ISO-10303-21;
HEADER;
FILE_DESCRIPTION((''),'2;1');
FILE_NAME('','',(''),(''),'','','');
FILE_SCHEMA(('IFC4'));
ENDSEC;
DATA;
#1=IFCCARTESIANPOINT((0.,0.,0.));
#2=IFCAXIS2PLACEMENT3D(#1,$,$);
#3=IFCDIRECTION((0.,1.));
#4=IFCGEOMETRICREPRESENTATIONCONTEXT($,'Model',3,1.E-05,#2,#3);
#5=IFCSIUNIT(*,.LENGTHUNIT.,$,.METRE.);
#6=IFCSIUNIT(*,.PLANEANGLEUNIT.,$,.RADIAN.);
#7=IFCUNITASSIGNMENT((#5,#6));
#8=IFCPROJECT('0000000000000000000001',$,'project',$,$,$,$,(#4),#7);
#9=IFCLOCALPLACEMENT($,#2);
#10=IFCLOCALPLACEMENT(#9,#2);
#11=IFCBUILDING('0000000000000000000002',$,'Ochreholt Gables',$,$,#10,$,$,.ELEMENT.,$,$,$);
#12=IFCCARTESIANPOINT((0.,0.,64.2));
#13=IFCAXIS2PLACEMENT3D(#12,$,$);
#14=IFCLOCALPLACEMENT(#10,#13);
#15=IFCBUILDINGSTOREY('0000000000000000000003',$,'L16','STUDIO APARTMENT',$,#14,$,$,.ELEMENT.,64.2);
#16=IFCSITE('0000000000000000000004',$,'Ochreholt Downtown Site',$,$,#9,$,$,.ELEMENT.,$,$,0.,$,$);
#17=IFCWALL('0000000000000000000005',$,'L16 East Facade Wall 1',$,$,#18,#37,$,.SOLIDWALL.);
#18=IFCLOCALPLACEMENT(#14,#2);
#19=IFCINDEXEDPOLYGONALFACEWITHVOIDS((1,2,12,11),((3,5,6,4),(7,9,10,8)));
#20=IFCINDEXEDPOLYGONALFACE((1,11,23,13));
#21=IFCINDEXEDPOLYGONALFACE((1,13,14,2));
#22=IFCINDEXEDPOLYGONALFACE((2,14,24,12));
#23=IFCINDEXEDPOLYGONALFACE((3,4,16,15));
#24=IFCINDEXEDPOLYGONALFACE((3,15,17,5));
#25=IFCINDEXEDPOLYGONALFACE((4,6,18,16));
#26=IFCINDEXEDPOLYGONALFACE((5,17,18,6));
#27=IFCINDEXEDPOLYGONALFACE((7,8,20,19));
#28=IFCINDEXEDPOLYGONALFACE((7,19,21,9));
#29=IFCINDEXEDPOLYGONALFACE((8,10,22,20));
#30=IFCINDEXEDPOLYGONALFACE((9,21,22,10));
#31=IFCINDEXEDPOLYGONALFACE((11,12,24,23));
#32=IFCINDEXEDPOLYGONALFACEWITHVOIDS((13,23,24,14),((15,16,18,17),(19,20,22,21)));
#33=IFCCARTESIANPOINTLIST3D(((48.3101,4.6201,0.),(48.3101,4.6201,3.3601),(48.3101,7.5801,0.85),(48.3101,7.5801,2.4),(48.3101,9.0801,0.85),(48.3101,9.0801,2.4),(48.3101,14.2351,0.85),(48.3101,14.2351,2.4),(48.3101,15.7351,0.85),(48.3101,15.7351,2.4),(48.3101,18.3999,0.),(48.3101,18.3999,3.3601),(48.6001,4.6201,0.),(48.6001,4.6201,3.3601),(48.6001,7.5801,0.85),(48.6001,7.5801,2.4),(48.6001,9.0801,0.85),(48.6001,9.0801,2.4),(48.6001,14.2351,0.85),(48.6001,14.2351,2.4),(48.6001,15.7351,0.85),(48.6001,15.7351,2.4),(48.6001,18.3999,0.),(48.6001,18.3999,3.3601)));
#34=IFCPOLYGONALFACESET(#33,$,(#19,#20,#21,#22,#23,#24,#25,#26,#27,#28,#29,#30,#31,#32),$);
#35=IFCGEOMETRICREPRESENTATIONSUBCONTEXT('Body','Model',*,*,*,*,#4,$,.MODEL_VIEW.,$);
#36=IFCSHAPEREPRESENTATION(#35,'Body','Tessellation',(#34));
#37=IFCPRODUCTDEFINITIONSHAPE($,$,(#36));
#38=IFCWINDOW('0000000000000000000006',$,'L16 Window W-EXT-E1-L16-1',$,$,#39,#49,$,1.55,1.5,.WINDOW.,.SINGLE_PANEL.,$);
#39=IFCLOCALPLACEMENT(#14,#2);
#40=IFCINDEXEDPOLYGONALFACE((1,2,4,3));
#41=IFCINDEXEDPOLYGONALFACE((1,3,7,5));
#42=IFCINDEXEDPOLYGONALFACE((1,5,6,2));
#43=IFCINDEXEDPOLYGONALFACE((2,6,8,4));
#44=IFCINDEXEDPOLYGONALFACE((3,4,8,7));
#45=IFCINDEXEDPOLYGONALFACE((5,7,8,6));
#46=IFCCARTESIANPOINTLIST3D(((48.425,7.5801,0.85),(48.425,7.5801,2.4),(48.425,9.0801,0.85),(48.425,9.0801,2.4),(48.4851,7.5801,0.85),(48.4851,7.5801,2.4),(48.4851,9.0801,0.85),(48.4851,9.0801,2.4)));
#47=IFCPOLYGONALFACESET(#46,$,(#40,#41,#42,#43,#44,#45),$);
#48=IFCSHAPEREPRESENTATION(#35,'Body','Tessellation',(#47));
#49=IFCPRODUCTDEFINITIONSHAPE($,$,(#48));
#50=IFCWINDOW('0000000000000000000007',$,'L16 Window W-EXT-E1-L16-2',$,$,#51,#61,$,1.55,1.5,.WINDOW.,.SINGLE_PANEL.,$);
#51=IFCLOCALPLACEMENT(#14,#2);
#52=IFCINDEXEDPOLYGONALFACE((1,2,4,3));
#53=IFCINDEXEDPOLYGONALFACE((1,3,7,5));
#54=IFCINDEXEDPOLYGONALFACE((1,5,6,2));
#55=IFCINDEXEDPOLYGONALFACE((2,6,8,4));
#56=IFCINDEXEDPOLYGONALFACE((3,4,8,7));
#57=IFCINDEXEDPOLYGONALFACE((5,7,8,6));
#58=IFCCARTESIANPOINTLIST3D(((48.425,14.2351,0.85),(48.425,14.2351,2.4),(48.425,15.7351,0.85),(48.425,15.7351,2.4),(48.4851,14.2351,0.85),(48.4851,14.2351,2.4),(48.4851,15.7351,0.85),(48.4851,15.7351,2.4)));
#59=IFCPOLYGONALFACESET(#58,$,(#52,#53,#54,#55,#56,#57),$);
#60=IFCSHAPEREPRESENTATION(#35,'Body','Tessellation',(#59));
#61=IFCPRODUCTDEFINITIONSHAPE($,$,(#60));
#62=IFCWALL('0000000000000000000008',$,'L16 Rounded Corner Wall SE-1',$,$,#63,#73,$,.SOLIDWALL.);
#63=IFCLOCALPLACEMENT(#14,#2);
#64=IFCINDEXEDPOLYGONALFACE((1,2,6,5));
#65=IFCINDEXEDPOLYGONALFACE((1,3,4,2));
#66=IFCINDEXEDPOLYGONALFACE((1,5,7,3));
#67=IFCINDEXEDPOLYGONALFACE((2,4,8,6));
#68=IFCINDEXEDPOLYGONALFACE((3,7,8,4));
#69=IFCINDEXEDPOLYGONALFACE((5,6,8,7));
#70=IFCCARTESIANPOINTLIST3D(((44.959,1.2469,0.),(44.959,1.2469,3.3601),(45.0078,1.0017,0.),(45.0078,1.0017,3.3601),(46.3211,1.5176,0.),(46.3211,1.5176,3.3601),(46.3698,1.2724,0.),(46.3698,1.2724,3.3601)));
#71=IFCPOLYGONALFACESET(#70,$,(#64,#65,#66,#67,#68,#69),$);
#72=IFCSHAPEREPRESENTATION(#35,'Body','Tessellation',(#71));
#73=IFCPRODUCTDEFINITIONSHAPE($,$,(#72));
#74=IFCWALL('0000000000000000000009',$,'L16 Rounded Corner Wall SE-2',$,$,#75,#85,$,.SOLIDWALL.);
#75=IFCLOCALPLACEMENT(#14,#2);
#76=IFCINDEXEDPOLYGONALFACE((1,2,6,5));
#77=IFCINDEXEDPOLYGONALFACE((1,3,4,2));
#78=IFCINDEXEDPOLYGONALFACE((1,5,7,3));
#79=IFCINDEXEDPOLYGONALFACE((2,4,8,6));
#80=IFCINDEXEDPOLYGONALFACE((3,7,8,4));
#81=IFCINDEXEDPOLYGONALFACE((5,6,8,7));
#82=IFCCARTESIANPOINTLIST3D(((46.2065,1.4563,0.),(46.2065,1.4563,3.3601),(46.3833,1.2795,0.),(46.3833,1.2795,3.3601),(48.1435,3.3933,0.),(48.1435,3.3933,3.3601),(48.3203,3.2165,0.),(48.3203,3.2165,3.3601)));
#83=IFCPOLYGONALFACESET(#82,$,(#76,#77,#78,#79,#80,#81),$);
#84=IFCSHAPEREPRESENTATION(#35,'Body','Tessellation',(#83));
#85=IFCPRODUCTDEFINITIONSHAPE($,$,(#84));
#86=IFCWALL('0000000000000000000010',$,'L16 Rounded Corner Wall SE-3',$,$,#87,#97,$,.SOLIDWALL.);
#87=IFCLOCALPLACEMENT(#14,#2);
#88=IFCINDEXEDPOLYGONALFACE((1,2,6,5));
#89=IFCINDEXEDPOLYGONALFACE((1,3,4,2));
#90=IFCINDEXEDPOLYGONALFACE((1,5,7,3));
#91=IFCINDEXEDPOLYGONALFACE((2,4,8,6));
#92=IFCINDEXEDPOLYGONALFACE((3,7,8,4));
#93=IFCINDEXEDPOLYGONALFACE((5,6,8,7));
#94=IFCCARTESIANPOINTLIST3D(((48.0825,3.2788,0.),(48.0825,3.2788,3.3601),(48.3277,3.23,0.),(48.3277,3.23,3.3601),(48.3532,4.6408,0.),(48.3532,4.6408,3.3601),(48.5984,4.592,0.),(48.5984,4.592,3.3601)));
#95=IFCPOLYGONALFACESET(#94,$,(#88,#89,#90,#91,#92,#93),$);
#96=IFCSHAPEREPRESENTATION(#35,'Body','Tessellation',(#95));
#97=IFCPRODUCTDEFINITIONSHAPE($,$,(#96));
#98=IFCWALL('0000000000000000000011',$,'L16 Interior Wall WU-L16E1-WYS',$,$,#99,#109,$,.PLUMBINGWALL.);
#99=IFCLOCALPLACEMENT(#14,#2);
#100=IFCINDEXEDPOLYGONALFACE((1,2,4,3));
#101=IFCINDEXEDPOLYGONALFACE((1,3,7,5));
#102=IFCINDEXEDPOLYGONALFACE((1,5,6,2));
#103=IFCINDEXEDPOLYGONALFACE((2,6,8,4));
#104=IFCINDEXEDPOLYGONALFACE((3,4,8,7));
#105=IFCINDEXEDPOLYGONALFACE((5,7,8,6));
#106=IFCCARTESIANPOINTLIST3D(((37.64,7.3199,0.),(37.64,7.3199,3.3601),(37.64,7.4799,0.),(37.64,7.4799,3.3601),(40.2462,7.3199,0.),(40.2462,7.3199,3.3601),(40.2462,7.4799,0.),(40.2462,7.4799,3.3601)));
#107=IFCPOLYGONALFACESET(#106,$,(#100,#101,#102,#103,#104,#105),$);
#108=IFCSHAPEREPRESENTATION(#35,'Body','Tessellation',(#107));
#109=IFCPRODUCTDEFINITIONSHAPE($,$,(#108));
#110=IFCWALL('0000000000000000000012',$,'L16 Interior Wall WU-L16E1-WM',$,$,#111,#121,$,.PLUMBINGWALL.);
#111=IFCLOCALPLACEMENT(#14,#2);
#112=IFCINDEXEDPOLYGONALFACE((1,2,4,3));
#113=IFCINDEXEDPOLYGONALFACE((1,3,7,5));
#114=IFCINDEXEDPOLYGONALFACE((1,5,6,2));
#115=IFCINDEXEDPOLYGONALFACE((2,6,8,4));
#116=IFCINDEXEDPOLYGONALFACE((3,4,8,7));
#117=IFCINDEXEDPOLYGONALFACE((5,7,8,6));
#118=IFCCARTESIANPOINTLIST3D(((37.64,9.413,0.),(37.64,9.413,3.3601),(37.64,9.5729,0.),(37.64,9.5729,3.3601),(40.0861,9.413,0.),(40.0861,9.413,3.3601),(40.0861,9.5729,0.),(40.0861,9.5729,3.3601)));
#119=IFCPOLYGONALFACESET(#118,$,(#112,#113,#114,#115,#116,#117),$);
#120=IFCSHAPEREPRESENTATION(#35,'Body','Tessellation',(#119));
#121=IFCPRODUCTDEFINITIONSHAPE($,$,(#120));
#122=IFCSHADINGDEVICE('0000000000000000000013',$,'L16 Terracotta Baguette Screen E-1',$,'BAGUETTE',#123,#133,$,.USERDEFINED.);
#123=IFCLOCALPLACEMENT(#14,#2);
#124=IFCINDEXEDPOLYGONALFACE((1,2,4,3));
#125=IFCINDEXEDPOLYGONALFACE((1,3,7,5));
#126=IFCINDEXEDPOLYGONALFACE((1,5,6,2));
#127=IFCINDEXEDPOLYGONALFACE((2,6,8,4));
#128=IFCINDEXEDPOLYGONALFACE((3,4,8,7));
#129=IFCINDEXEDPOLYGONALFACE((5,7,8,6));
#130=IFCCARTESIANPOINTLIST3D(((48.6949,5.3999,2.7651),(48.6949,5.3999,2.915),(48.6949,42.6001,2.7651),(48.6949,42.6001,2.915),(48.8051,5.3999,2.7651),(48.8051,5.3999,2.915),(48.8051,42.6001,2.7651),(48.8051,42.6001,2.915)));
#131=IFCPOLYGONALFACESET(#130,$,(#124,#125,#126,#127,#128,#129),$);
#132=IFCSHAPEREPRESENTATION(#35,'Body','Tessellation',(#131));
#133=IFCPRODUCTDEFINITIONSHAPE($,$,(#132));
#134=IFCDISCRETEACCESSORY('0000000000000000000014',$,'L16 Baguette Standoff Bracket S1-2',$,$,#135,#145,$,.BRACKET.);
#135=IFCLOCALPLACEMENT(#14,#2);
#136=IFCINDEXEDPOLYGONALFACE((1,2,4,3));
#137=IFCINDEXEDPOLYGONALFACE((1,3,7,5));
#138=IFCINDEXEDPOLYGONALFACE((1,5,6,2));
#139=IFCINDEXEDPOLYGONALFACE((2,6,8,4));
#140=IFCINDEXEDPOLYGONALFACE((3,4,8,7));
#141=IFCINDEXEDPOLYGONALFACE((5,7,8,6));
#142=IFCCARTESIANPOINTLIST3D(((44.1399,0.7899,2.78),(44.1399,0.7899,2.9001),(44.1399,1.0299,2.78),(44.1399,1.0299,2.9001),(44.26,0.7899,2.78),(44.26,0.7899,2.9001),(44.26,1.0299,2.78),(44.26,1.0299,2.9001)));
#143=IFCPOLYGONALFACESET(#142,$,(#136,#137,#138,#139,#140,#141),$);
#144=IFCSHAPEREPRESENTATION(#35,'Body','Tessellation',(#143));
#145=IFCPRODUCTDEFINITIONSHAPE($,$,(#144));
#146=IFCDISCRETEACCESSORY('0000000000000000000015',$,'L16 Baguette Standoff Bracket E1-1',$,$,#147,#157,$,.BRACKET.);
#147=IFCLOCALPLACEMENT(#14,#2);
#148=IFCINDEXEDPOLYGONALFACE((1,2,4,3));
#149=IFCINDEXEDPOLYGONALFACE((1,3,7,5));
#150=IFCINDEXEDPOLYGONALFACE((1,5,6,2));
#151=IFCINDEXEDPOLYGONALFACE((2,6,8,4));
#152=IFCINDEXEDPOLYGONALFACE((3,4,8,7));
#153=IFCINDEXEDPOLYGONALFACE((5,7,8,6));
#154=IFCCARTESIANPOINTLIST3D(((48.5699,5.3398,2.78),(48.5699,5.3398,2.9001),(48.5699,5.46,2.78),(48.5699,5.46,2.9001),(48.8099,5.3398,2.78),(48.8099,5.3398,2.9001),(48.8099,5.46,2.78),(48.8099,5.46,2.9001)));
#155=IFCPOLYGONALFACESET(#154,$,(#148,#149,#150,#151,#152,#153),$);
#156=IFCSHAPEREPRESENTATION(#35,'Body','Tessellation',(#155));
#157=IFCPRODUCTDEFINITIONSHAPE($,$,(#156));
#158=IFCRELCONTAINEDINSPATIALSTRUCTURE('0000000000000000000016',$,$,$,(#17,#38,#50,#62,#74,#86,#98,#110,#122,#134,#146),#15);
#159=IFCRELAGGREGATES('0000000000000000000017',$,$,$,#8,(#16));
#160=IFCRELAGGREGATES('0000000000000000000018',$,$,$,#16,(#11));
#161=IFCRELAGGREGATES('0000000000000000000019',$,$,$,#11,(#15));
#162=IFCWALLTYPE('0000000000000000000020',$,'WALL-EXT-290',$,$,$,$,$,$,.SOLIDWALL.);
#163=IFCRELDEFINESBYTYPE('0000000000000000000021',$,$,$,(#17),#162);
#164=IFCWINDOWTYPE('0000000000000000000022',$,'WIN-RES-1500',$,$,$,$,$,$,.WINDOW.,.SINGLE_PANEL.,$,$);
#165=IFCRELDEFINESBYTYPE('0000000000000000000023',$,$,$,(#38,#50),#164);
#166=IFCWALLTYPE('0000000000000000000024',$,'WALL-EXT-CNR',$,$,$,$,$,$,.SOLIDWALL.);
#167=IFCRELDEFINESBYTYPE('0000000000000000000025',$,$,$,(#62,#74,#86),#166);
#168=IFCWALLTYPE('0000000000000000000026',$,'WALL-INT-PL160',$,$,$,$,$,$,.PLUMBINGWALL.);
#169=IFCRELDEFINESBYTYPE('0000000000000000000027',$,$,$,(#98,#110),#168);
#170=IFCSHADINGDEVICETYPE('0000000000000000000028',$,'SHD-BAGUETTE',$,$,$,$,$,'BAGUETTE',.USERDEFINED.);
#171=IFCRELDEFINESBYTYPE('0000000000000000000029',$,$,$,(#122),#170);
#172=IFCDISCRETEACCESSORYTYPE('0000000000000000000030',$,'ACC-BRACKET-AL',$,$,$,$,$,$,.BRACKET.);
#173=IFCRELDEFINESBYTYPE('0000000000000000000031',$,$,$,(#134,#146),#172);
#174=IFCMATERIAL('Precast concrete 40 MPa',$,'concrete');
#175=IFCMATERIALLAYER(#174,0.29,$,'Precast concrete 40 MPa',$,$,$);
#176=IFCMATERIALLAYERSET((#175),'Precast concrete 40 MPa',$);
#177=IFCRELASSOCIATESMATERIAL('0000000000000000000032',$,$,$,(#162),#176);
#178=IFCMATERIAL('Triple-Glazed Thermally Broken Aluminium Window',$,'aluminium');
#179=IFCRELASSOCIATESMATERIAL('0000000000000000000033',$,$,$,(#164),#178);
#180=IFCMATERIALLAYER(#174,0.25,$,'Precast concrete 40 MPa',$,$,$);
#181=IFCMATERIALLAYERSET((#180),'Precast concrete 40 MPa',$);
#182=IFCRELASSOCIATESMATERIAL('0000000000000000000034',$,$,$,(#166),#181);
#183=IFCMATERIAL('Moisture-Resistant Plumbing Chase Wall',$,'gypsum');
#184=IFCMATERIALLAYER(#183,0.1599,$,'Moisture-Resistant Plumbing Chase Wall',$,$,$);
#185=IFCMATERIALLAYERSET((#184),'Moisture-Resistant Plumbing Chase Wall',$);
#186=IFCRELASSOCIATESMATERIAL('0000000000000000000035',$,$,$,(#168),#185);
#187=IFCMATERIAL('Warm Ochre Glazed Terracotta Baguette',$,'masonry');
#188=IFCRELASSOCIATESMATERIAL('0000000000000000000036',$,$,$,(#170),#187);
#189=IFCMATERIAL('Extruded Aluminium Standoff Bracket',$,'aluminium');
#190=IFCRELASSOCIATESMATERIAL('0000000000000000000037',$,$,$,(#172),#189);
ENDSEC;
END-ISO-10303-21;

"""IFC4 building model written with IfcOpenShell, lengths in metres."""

from ifc_helpers import new_model, si_unit, direction, frame, frame_2d, origin, origin_2d, place, context, subcontext, project, spatial, rectangle, extrude, material, layer, layer_set, material_profile, profile_set, type_object, element, fill, save


model = new_model("IFC4")

# Units and contexts
model_context = context("Model", 3, precision=1e-05, world=origin(), true_north=direction((0.0, 1.0)))
body_context = subcontext(model_context, "Body", "Model", "MODEL_VIEW")
ifc_project = project(units=[si_unit("LENGTHUNIT", "METRE"), si_unit("PLANEANGLEUNIT", "RADIAN")], contexts=[model_context])

# Site, building, storey
site_placement = place(None, origin())
site = spatial("IfcSite", under=ifc_project, at=site_placement, Name="Ochreholt Downtown Site", CompositionType="ELEMENT", RefElevation=0.0)
building_placement = place(site_placement, origin())
building = spatial("IfcBuilding", under=site, at=building_placement, Name="Ochreholt Gables", CompositionType="ELEMENT")
storey_placement = place(building_placement, frame((0.0, 0.0, 64.2)))
storey = spatial("IfcBuildingStorey", under=building, at=storey_placement, Name="L16", Description="STUDIO APARTMENT", CompositionType="ELEMENT", Elevation=64.2)

# Wall, openings, windows
ifc_material_1 = material(Name="Precast concrete 40 MPa", Category="concrete")
ifc_layer_1 = layer(ifc_material_1, 0.29, Name="Precast concrete 40 MPa")
ifc_layer_set_1 = layer_set([ifc_layer_1], Name="Precast concrete 40 MPa")
wall_type_1 = type_object("IfcWallType", Name="WALL-EXT-290", PredefinedType="SOLIDWALL", material=ifc_layer_set_1)
wall_1_placement = place(storey_placement, frame((48.4551, 4.6201, 0.0), z_axis=(0.0, 0.0, 1.0), x_axis=(0.0, 1.0, 0.0)))
wall_1 = element("IfcWall", 1, at=wall_1_placement, inside=storey, type_object=wall_type_1, Name="L16 East Facade Wall 1", PredefinedType="SOLIDWALL", context=body_context, shape_type="SweptSolid", body=[
    extrude(rectangle(XDim=13.7798, YDim=0.29, at=frame_2d((6.8899, 0.0))), origin(), (0.0, 0.0, 1.0), 3.3601),
])
opening_1_placement = place(wall_1_placement, frame((2.96, 0.0, 0.8501)))
opening_1 = element("IfcOpeningElement", 2, at=opening_1_placement, cuts=wall_1, PredefinedType="OPENING", context=body_context, shape_type="SweptSolid", body=[
    extrude(rectangle(XDim=1.5, YDim=1.55, at=frame_2d((0.75, 0.7749))), frame((0.0, 0.155, 0.0), z_axis=(0.0, -1.0, 0.0), x_axis=(1.0, 0.0, 0.0)), (0.0, 0.0, 1.0), 0.3101),
])
opening_2_placement = place(wall_1_placement, frame((9.615, 0.0, 0.8501)))
opening_2 = element("IfcOpeningElement", 3, at=opening_2_placement, cuts=wall_1, PredefinedType="OPENING", context=body_context, shape_type="SweptSolid", body=[
    extrude(rectangle(XDim=1.5, YDim=1.55, at=frame_2d((0.75, 0.7749))), frame((0.0, 0.155, 0.0), z_axis=(0.0, -1.0, 0.0), x_axis=(1.0, 0.0, 0.0)), (0.0, 0.0, 1.0), 0.3101),
])
ifc_material_2 = material(Name="Triple-Glazed Thermally Broken Aluminium Window", Category="aluminium")
window_type = type_object("IfcWindowType", Name="WIN-RES-1500", PartitioningType="SINGLE_PANEL", PredefinedType="WINDOW", material=ifc_material_2)
window_1_placement = place(opening_1_placement, origin())
window_1 = element("IfcWindow", 4, at=window_1_placement, inside=storey, type_object=window_type, Name="L16 Window W-EXT-E1-L16-1", OverallHeight=1.55, OverallWidth=1.5, PartitioningType="SINGLE_PANEL", PredefinedType="WINDOW", context=body_context, shape_type="SweptSolid", body=[
    extrude(rectangle(XDim=1.5, YDim=1.55, at=frame_2d((0.75, 0.7749))), frame((0.0, 0.03, 0.0), z_axis=(0.0, -1.0, 0.0), x_axis=(1.0, 0.0, 0.0)), (0.0, 0.0, 1.0), 0.0601),
])
fill(opening_1, window_1)
window_2_placement = place(opening_2_placement, origin())
window_2 = element("IfcWindow", 5, at=window_2_placement, inside=storey, type_object=window_type, Name="L16 Window W-EXT-E1-L16-2", OverallHeight=1.55, OverallWidth=1.5, PartitioningType="SINGLE_PANEL", PredefinedType="WINDOW", context=body_context, shape_type="SweptSolid", body=[
    extrude(rectangle(XDim=1.5, YDim=1.55, at=frame_2d((0.75, 0.7749))), frame((0.0, 0.03, 0.0), z_axis=(0.0, -1.0, 0.0), x_axis=(1.0, 0.0, 0.0)), (0.0, 0.0, 1.0), 0.0601),
])
fill(opening_2, window_2)

# Walls
ifc_layer_2 = layer(ifc_material_1, 0.25, Name="Precast concrete 40 MPa")
ifc_layer_set_2 = layer_set([ifc_layer_2], Name="Precast concrete 40 MPa")
wall_type_2 = type_object("IfcWallType", Name="WALL-EXT-CNR", PredefinedType="SOLIDWALL", material=ifc_layer_set_2)
wall_2_placement = place(storey_placement, frame((44.9834, 1.1243, 0.0), z_axis=(0.0, 0.0, 1.0), x_axis=(0.98081, 0.194967, 0.0)))
element("IfcWall", 6, at=wall_2_placement, inside=storey, type_object=wall_type_2, Name="L16 Rounded Corner Wall SE-1", PredefinedType="SOLIDWALL", context=body_context, shape_type="SweptSolid", body=[
    extrude(rectangle(XDim=1.3887, YDim=0.25, at=frame_2d((0.6943, 0.0))), origin(), (0.0, 0.0, 1.0), 3.3601),
])
wall_3_placement = place(storey_placement, frame((46.2949, 1.3679, 0.0), z_axis=(0.0, 0.0, 1.0), x_axis=(0.707107, 0.707107, 0.0)))
element("IfcWall", 7, at=wall_3_placement, inside=storey, type_object=wall_type_2, Name="L16 Rounded Corner Wall SE-2", PredefinedType="SOLIDWALL", context=body_context, shape_type="SweptSolid", body=[
    extrude(rectangle(XDim=2.7393, YDim=0.25, at=frame_2d((1.3696, 0.0))), origin(), (0.0, 0.0, 1.0), 3.3601),
])
wall_4_placement = place(storey_placement, frame((48.2051, 3.2544, 0.0), z_axis=(0.0, 0.0, 1.0), x_axis=(0.194967, 0.98081, 0.0)))
element("IfcWall", 8, at=wall_4_placement, inside=storey, type_object=wall_type_2, Name="L16 Rounded Corner Wall SE-3", PredefinedType="SOLIDWALL", context=body_context, shape_type="SweptSolid", body=[
    extrude(rectangle(XDim=1.3887, YDim=0.25, at=frame_2d((0.6943, 0.0))), origin(), (0.0, 0.0, 1.0), 3.3601),
])
ifc_material_3 = material(Name="Moisture-Resistant Plumbing Chase Wall", Category="gypsum")
ifc_layer_3 = layer(ifc_material_3, 0.1599, Name="Moisture-Resistant Plumbing Chase Wall")
ifc_layer_set_3 = layer_set([ifc_layer_3], Name="Moisture-Resistant Plumbing Chase Wall")
wall_type_3 = type_object("IfcWallType", Name="WALL-INT-PL160", PredefinedType="PLUMBINGWALL", material=ifc_layer_set_3)
wall_5_placement = place(storey_placement, frame((37.6399, 7.3999, 0.0), z_axis=(0.0, 0.0, 1.0), x_axis=(1.0, 0.0, 0.0)))
element("IfcWall", 9, at=wall_5_placement, inside=storey, type_object=wall_type_3, Name="L16 Interior Wall WU-L16E1-WYS", PredefinedType="PLUMBINGWALL", context=body_context, shape_type="SweptSolid", body=[
    extrude(rectangle(XDim=2.6062, YDim=0.1599, at=frame_2d((1.3032, 0.0))), origin(), (0.0, 0.0, 1.0), 3.3601),
])

# Wall
wall_6_placement = place(storey_placement, frame((37.6399, 9.4929, 0.0), z_axis=(0.0, 0.0, 1.0), x_axis=(1.0, 0.0, 0.0)))
element("IfcWall", 10, at=wall_6_placement, inside=storey, type_object=wall_type_3, Name="L16 Interior Wall WU-L16E1-WM", PredefinedType="PLUMBINGWALL", context=body_context, shape_type="SweptSolid", body=[
    extrude(rectangle(XDim=2.446, YDim=0.1599, at=frame_2d((1.2231, 0.0))), origin(), (0.0, 0.0, 1.0), 3.3601),
])

# Shading device
ifc_material_4 = material(Name="Warm Ochre Glazed Terracotta Baguette", Category="masonry")
ifc_material_profile_1 = material_profile(ifc_material_4, rectangle(XDim=0.1101, YDim=0.1499, at=origin_2d()), Name="TCBAG110X150")
ifc_profile_set_1 = profile_set([ifc_material_profile_1], Name="Warm Ochre Glazed Terracotta Baguette")
shading_device_type = type_object("IfcShadingDeviceType", Name="SHD-BAGUETTE", ElementType="BAGUETTE", PredefinedType="USERDEFINED", material=ifc_profile_set_1)
shading_device_placement = place(storey_placement, frame((48.75, 5.3999, 2.8401), z_axis=(0.0, 1.0, 0.0), x_axis=(-1.0, 0.0, 0.0)))
element("IfcShadingDevice", 11, at=shading_device_placement, inside=storey, type_object=shading_device_type, Name="L16 Terracotta Baguette Screen E-1", ObjectType="BAGUETTE", PredefinedType="USERDEFINED", context=body_context, shape_type="SweptSolid", body=[
    extrude(rectangle(XDim=0.1101, YDim=0.1499, at=origin_2d()), origin(), (0.0, 0.0, 1.0), 37.2002),
])

# Discrete accessories
ifc_material_5 = material(Name="Extruded Aluminium Standoff Bracket", Category="aluminium")
discrete_accessory_type = type_object("IfcDiscreteAccessoryType", Name="ACC-BRACKET-AL", PredefinedType="BRACKET", material=ifc_material_5)
for number, where, z_axis, x_axis, name in (
    (12, (44.2, 0.9099, 2.78), (0.0, 0.0, 1.0), (1.0, 0.0, 0.0), "L16 Baguette Standoff Bracket S1-2"),
    (13, (48.6899, 5.3999, 2.78), (0.0, 0.0, 1.0), (0.0, 1.0, 0.0), "L16 Baguette Standoff Bracket E1-1"),
):
    element("IfcDiscreteAccessory", number, at=place(storey_placement, frame(where, z_axis=z_axis, x_axis=x_axis)), inside=storey, type_object=discrete_accessory_type, Name=name, PredefinedType="BRACKET", context=body_context, shape_type="SweptSolid", body=[
        extrude(rectangle(XDim=0.1201, YDim=0.24, at=origin_2d()), origin(), (0.0, 0.0, 1.0), 0.1201),
    ])

save(model, "model.ifc")
